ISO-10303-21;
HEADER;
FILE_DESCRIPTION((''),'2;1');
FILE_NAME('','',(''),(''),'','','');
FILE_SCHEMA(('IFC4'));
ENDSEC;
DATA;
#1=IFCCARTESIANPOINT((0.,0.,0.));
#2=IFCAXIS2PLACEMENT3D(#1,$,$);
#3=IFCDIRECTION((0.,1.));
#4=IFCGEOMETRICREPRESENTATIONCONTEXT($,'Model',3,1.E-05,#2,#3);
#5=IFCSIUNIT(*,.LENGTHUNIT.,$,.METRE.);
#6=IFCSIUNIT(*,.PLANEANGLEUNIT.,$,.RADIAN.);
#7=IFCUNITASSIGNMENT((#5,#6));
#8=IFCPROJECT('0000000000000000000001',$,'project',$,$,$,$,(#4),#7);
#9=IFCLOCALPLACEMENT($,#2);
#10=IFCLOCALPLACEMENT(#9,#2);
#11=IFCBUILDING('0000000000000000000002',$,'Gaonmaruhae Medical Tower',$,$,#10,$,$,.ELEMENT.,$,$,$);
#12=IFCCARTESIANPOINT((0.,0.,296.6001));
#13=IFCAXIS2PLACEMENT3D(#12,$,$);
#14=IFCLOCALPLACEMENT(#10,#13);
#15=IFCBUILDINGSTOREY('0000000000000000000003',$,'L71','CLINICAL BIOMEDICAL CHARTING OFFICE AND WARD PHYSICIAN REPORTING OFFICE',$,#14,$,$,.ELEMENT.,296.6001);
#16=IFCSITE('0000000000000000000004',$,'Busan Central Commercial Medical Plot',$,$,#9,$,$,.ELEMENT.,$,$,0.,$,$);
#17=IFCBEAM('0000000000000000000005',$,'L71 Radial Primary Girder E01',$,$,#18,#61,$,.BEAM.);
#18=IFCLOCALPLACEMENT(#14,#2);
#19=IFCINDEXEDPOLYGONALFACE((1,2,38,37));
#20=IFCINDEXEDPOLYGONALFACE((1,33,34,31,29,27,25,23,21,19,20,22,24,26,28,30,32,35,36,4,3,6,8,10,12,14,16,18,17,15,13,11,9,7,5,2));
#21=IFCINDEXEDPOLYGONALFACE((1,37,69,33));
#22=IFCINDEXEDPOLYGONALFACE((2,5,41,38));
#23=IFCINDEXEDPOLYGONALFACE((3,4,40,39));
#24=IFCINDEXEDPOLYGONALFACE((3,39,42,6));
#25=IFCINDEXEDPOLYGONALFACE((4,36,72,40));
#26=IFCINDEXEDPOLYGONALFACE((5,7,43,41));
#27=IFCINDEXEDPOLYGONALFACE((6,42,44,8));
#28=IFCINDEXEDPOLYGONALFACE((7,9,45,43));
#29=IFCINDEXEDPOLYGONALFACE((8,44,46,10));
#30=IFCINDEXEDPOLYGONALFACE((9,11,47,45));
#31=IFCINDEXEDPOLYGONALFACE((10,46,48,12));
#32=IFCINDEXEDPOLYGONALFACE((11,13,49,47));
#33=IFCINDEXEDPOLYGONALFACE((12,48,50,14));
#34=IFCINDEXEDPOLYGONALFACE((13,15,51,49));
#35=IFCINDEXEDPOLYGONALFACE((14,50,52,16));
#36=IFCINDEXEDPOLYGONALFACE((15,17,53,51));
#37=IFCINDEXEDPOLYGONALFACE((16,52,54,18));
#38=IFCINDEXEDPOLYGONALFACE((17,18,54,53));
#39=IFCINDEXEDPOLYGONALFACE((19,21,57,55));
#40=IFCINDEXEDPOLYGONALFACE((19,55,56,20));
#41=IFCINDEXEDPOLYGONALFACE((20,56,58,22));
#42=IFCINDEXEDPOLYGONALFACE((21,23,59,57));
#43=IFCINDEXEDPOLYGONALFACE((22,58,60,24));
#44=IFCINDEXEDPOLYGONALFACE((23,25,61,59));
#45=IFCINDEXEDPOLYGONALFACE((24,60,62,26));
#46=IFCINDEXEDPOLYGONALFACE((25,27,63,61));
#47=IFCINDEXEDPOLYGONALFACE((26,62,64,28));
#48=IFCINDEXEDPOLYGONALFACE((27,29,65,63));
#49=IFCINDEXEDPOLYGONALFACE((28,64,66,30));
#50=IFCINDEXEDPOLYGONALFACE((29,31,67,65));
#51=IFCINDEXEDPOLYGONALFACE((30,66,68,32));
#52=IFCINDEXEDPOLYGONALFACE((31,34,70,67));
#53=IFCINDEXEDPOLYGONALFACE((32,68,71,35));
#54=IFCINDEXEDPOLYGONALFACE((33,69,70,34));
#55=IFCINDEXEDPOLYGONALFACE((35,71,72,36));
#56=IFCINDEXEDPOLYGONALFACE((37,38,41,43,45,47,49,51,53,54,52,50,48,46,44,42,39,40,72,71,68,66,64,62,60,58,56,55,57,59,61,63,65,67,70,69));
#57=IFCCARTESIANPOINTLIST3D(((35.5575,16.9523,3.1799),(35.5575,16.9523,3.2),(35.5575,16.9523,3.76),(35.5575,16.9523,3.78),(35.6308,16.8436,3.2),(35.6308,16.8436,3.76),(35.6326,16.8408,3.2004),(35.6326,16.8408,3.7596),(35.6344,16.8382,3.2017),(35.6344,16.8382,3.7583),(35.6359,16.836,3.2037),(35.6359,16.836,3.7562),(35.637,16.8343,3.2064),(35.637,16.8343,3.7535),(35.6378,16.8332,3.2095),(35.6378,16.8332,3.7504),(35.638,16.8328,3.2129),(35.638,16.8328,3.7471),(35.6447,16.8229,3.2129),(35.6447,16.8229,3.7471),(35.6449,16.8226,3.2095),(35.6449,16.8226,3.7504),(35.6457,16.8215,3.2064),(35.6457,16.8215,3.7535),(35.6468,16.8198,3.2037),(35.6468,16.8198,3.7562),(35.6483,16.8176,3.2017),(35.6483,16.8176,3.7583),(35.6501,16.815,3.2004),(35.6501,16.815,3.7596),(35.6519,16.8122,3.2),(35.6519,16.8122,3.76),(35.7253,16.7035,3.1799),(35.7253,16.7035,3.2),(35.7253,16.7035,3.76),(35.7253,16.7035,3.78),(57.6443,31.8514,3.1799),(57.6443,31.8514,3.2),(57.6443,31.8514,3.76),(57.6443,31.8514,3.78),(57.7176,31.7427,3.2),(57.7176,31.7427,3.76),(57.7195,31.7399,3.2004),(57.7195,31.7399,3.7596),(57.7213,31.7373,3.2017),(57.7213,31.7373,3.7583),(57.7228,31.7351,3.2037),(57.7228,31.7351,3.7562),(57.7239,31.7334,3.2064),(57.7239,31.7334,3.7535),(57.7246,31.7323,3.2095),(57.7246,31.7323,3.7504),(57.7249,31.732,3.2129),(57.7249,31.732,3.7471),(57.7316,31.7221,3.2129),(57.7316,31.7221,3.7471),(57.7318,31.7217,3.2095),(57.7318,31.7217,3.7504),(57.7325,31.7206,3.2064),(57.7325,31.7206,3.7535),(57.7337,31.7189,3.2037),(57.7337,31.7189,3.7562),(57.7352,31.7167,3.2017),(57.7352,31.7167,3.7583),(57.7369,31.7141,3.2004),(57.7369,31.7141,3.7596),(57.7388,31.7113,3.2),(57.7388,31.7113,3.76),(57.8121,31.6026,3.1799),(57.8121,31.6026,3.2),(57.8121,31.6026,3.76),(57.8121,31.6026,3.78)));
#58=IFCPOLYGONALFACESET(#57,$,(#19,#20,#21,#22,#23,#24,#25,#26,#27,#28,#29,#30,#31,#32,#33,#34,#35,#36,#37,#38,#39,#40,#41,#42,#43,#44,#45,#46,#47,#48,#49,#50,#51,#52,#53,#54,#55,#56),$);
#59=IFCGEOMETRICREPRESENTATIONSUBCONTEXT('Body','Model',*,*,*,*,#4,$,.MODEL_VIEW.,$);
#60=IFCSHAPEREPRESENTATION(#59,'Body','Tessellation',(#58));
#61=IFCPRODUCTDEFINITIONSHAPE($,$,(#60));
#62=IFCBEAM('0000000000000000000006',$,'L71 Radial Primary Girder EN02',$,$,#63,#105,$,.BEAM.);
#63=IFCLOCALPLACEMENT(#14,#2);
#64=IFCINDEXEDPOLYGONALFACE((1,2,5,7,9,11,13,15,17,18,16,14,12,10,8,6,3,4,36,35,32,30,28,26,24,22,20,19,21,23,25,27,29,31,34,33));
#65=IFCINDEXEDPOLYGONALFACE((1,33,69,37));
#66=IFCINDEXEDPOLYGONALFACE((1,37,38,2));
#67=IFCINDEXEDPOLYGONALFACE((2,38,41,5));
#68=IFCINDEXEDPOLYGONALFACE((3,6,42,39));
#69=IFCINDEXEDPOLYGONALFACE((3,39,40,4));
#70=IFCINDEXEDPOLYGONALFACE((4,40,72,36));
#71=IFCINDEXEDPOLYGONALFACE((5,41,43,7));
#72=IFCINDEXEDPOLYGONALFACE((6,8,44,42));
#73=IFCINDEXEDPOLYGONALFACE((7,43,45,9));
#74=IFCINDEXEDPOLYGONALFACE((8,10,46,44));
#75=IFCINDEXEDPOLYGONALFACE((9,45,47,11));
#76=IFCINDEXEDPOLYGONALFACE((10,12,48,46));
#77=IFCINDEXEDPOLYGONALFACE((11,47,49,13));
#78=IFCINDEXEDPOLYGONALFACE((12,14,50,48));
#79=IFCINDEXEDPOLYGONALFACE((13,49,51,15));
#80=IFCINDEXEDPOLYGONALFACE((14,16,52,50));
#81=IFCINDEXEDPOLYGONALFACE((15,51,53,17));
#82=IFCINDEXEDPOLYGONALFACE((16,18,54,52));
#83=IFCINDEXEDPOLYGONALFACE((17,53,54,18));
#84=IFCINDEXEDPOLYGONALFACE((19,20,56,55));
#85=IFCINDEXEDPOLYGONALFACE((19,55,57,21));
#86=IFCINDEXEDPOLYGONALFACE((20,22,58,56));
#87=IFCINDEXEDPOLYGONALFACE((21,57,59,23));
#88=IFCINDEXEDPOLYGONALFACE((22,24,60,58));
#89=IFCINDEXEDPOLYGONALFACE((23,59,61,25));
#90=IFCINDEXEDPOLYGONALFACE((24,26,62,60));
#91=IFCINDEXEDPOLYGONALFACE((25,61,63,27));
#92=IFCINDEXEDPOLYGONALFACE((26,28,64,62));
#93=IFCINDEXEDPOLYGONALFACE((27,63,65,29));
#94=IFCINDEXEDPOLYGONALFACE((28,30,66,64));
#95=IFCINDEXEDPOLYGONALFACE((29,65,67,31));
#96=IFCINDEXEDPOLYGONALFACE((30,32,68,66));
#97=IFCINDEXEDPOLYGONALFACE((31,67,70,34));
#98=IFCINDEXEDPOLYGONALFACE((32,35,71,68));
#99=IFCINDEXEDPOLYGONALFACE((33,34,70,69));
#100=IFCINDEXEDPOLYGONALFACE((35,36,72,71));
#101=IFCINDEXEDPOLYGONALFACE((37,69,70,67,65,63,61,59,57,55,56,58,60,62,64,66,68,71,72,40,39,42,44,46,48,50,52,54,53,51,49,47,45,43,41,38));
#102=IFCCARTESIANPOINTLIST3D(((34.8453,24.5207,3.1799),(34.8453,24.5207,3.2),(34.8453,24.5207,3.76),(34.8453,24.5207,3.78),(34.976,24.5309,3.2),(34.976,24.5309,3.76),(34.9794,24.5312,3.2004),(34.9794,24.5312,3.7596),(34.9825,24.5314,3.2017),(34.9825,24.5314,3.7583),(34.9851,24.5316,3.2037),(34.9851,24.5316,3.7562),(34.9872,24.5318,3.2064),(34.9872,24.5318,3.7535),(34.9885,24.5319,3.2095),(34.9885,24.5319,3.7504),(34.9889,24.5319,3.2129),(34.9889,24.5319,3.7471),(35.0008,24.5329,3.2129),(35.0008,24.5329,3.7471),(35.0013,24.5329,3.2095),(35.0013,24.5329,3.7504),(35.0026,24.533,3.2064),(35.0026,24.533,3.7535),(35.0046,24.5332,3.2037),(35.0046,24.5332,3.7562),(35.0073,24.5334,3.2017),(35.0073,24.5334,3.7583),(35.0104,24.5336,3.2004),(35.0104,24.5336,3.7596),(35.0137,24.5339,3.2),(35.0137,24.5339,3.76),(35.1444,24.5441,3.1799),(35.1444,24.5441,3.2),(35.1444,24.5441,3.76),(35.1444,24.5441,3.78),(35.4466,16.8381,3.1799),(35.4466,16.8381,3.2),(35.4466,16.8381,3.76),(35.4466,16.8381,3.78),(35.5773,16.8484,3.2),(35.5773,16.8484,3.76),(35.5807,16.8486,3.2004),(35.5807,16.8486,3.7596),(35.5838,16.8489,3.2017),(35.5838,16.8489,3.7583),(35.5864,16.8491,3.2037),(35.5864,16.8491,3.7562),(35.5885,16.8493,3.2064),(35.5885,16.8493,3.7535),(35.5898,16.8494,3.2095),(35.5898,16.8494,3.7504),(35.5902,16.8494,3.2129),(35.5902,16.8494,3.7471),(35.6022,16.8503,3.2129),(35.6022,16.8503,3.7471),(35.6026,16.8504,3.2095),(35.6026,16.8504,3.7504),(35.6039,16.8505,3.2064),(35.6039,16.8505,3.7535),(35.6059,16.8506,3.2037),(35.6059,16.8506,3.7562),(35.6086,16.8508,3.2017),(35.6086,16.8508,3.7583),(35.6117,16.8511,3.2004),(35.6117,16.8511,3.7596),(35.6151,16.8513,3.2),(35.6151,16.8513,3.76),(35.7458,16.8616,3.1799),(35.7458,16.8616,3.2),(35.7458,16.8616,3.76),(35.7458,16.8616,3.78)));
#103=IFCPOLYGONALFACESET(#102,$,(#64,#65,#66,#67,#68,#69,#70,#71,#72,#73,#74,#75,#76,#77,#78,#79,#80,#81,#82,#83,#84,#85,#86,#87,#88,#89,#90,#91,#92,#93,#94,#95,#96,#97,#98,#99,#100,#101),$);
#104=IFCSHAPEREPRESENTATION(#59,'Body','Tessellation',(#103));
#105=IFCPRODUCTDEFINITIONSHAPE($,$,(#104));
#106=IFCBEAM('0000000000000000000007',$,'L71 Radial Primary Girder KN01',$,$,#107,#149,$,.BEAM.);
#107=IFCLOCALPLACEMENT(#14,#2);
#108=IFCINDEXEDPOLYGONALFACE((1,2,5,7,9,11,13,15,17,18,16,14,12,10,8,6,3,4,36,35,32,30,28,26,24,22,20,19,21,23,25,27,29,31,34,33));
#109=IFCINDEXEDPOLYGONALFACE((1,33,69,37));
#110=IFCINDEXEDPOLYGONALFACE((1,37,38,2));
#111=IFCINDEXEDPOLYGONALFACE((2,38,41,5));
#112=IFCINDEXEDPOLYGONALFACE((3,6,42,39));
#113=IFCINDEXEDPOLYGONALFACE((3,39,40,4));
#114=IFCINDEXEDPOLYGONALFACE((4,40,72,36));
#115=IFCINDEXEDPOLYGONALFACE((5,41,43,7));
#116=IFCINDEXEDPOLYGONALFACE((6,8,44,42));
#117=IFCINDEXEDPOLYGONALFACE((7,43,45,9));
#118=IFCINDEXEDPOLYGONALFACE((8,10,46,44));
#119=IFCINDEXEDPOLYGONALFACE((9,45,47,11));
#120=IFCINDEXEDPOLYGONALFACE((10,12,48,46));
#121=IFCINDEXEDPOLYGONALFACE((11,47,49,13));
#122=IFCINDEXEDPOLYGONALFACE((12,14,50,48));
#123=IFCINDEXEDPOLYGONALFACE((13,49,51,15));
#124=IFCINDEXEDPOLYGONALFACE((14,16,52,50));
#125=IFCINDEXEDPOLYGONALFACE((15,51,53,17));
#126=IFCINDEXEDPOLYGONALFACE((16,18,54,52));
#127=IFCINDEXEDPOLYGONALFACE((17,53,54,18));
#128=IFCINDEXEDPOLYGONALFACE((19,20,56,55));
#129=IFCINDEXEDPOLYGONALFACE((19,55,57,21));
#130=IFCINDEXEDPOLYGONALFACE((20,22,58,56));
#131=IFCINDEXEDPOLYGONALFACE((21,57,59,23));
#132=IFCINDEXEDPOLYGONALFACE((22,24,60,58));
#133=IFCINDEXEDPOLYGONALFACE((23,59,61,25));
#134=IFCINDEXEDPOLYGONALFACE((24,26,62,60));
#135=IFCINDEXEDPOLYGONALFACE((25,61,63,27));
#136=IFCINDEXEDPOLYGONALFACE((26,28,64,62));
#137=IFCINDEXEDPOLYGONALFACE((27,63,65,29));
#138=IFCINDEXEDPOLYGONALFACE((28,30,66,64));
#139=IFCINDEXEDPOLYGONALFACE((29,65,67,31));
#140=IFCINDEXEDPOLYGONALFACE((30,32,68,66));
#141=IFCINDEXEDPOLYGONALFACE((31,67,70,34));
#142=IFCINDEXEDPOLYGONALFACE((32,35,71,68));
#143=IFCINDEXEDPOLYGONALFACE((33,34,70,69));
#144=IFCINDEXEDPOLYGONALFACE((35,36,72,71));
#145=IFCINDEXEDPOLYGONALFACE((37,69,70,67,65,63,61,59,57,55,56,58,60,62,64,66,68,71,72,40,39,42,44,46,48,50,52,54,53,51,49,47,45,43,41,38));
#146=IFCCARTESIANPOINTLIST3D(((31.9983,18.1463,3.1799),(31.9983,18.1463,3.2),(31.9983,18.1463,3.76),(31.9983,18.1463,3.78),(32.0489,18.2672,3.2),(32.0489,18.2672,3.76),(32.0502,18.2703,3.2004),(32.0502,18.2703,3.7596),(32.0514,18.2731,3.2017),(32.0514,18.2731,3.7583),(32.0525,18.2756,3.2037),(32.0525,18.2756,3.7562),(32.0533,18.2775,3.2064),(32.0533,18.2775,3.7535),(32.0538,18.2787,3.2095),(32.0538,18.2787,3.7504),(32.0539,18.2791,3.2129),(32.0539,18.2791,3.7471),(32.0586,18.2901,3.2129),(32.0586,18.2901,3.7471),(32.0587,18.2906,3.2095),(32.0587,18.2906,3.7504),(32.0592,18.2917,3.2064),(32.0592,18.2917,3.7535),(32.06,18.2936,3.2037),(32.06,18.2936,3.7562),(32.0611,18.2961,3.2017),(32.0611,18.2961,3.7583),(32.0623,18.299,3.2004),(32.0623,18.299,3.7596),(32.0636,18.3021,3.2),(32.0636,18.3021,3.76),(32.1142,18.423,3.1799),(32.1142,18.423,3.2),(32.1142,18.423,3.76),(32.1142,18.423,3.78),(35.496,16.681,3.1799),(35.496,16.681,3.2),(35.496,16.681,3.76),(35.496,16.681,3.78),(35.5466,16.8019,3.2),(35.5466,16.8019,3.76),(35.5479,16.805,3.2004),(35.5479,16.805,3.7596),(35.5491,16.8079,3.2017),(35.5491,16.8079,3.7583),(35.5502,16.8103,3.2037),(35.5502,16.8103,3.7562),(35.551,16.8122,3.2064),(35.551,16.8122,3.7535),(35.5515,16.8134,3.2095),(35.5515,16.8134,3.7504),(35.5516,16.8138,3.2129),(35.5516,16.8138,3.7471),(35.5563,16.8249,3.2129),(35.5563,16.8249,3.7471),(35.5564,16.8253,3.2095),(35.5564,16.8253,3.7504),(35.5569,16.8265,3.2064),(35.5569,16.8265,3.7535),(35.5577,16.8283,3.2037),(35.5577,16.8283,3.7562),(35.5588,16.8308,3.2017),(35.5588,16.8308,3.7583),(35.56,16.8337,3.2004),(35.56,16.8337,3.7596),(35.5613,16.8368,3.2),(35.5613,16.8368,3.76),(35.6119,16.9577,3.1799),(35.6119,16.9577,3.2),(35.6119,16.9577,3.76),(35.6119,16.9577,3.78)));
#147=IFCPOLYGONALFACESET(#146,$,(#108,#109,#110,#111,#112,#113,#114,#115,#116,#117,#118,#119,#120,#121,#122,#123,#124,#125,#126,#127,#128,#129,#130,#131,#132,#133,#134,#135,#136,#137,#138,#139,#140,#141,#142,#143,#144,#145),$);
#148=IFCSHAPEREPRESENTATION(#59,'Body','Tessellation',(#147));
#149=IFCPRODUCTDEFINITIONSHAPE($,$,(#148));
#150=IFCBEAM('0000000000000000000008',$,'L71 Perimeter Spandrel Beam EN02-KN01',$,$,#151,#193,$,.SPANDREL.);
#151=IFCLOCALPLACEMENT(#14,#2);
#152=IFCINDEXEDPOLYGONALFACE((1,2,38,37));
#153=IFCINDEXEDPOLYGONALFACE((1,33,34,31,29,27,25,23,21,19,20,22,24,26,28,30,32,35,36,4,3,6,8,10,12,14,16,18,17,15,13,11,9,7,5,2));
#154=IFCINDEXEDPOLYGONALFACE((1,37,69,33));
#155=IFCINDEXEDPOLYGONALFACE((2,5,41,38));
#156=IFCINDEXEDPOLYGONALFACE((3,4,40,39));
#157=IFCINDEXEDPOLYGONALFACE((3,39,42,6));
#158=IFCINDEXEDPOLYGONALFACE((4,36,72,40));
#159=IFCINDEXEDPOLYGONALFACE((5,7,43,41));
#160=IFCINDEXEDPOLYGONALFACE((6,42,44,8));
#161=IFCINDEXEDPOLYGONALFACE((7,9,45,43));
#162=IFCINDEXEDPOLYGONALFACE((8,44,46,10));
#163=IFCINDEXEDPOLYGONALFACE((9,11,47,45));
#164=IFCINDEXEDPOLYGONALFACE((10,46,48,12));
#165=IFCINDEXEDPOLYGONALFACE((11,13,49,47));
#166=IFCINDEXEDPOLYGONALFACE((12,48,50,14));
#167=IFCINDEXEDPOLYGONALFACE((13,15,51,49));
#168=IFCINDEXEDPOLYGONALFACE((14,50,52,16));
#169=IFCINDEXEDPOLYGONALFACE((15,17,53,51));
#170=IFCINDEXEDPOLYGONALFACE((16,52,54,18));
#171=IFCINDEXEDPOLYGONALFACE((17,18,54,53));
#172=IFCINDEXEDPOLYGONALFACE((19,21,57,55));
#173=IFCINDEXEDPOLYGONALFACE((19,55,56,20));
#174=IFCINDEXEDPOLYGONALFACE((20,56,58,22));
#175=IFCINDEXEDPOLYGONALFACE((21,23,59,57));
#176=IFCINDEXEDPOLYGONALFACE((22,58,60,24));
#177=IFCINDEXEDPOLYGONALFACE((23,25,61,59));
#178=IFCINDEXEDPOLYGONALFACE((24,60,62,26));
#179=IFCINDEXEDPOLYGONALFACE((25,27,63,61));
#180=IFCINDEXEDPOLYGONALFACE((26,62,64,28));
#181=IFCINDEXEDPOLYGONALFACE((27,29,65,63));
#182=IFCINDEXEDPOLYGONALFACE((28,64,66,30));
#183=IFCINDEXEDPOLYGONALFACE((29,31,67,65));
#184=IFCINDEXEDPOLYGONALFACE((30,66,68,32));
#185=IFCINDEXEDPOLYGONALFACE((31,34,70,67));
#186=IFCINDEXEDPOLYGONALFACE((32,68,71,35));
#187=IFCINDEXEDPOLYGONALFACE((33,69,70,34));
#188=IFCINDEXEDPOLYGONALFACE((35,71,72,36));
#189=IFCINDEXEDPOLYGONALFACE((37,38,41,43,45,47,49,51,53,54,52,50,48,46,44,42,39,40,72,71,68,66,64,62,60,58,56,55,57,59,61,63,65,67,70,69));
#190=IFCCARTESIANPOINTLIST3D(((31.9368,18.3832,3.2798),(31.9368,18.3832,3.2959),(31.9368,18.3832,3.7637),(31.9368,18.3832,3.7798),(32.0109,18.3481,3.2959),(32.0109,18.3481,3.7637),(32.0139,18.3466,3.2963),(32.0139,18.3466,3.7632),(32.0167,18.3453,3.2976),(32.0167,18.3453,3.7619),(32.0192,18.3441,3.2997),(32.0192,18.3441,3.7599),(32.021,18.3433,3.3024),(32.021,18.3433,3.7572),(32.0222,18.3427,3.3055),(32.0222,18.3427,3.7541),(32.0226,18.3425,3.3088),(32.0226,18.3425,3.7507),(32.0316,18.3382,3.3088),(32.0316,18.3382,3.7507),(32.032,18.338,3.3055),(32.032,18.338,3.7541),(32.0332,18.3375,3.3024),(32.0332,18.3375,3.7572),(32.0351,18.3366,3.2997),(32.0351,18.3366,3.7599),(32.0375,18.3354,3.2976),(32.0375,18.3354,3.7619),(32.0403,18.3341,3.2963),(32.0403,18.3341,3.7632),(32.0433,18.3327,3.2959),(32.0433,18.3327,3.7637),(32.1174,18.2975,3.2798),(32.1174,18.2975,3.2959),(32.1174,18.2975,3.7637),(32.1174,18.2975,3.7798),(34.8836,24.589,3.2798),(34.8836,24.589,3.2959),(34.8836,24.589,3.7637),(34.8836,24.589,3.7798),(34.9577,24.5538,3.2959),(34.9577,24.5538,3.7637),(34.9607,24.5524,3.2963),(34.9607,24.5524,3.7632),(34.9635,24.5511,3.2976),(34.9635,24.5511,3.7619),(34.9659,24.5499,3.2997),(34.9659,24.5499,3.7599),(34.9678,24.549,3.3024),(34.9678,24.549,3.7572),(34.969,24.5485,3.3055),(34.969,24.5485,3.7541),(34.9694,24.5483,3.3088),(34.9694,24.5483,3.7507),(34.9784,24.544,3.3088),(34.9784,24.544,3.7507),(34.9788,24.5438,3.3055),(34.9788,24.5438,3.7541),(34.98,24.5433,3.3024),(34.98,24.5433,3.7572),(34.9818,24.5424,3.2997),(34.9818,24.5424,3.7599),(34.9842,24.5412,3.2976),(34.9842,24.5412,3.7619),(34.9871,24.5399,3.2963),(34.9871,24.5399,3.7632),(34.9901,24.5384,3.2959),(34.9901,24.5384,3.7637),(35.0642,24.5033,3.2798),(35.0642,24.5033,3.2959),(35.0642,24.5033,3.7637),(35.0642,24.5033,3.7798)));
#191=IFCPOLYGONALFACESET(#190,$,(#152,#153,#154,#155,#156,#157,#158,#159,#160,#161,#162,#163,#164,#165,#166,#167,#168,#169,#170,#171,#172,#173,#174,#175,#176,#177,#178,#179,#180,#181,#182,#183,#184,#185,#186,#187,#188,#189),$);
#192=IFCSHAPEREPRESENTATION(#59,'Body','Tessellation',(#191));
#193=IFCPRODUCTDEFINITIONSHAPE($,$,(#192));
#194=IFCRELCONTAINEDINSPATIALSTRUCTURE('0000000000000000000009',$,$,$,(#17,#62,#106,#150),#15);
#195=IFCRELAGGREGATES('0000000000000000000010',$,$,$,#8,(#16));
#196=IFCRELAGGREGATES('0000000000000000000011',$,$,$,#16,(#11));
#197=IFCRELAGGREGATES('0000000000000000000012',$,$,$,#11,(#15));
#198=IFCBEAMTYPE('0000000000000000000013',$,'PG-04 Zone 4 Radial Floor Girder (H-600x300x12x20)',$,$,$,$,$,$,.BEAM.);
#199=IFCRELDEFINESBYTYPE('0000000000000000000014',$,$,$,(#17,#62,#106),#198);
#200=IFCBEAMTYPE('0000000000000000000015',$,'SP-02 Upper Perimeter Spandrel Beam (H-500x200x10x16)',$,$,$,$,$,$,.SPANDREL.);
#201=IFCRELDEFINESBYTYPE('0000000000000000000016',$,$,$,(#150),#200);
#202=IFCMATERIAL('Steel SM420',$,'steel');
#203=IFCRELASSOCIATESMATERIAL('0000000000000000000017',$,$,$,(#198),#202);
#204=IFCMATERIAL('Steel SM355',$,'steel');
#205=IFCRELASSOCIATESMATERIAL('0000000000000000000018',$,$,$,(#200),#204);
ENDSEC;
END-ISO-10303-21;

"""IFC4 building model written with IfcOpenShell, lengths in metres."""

from ifc_helpers import new_model, si_unit, direction, frame, origin, origin_2d, place, context, subcontext, project, spatial, i_section, extrude, material, material_profile, profile_set, type_object, element, save


model = new_model("IFC4")

# Units and contexts
model_context = context("Model", 3, precision=1e-05, world=origin(), true_north=direction((0.0, 1.0)))
body_context = subcontext(model_context, "Body", "Model", "MODEL_VIEW")
ifc_project = project(units=[si_unit("LENGTHUNIT", "METRE"), si_unit("PLANEANGLEUNIT", "RADIAN")], contexts=[model_context])

# Site, building, storey
site_placement = place(None, origin())
site = spatial("IfcSite", under=ifc_project, at=site_placement, Name="Busan Central Commercial Medical Plot", CompositionType="ELEMENT", RefElevation=0.0)
building_placement = place(site_placement, origin())
building = spatial("IfcBuilding", under=site, at=building_placement, Name="Gaonmaruhae Medical Tower", CompositionType="ELEMENT")
storey_placement = place(building_placement, frame((0.0, 0.0, 296.6001)))
storey = spatial("IfcBuildingStorey", under=building, at=storey_placement, Name="L71", Description="CLINICAL BIOMEDICAL CHARTING OFFICE AND WARD PHYSICIAN REPORTING OFFICE", CompositionType="ELEMENT", Elevation=296.6001)

# Beams
ifc_material_1 = material(Name="Steel SM355", Category="steel")
ifc_material_2 = material(Name="Steel SM420", Category="steel")
ifc_material_profile_1 = material_profile(ifc_material_2, i_section(OverallWidth=0.3, OverallDepth=0.6001, WebThickness=0.012, FlangeThickness=0.02, FilletRadius=0.0129, at=origin_2d()), Name="H-600x300x12x20")
ifc_profile_set_1 = profile_set([ifc_material_profile_1], Name="Steel SM420")
beam_type_1 = type_object("IfcBeamType", Name="PG-04 Zone 4 Radial Floor Girder (H-600x300x12x20)", PredefinedType="BEAM", material=ifc_profile_set_1)
beam_1_placement = place(storey_placement, frame((35.6414, 16.8279, 3.48), z_axis=(0.829014, 0.559228, 0.0), x_axis=(-0.559228, 0.829014, 0.0)))
element("IfcBeam", 1, at=beam_1_placement, inside=storey, type_object=beam_type_1, Name="L71 Radial Primary Girder E01", PredefinedType="BEAM", context=body_context, shape_type="SweptSolid", body=[
    extrude(i_section(OverallWidth=0.3, OverallDepth=0.6001, WebThickness=0.012, FlangeThickness=0.02, FilletRadius=0.0129, at=origin_2d()), origin(), (0.0, 0.0, 1.0), 26.6423),
])
beam_2_placement = place(storey_placement, frame((35.5962, 16.8499, 3.48), z_axis=(-0.078031, 0.996951, 0.0), x_axis=(-0.996951, -0.078031, 0.0)))
element("IfcBeam", 2, at=beam_2_placement, inside=storey, type_object=beam_type_1, Name="L71 Radial Primary Girder EN02", PredefinedType="BEAM", context=body_context, shape_type="SweptSolid", body=[
    extrude(i_section(OverallWidth=0.3, OverallDepth=0.6001, WebThickness=0.012, FlangeThickness=0.02, FilletRadius=0.0129, at=origin_2d()), origin(), (0.0, 0.0, 1.0), 7.7061),
])
beam_3_placement = place(storey_placement, frame((35.554, 16.8193, 3.48), z_axis=(-0.922334, 0.386393, 0.0), x_axis=(-0.386393, -0.922334, 0.0)))
element("IfcBeam", 3, at=beam_3_placement, inside=storey, type_object=beam_type_1, Name="L71 Radial Primary Girder KN01", PredefinedType="BEAM", context=body_context, shape_type="SweptSolid", body=[
    extrude(i_section(OverallWidth=0.3, OverallDepth=0.6001, WebThickness=0.012, FlangeThickness=0.02, FilletRadius=0.0129, at=origin_2d()), origin(), (0.0, 0.0, 1.0), 3.7922),
])
ifc_material_profile_2 = material_profile(ifc_material_1, i_section(OverallWidth=0.2, OverallDepth=0.5, WebThickness=0.01, FlangeThickness=0.0161, FilletRadius=0.0129, at=origin_2d()), Name="H-500x200x10x16")
ifc_profile_set_2 = profile_set([ifc_material_profile_2], Name="Steel SM355")
beam_type_2 = type_object("IfcBeamType", Name="SP-02 Upper Perimeter Spandrel Beam (H-500x200x10x16)", PredefinedType="SPANDREL", material=ifc_profile_set_2)
beam_4_placement = place(storey_placement, frame((34.9739, 24.5461, 3.5298), z_axis=(-0.42894, -0.903333, 0.0), x_axis=(0.903333, -0.42894, 0.0)))
element("IfcBeam", 4, at=beam_4_placement, inside=storey, type_object=beam_type_2, Name="L71 Perimeter Spandrel Beam EN02-KN01", PredefinedType="SPANDREL", context=body_context, shape_type="SweptSolid", body=[
    extrude(i_section(OverallWidth=0.2, OverallDepth=0.5, WebThickness=0.01, FlangeThickness=0.0161, FilletRadius=0.0129, at=origin_2d()), origin(), (0.0, 0.0, 1.0), 6.8699),
])

save(model, "model.ifc")
